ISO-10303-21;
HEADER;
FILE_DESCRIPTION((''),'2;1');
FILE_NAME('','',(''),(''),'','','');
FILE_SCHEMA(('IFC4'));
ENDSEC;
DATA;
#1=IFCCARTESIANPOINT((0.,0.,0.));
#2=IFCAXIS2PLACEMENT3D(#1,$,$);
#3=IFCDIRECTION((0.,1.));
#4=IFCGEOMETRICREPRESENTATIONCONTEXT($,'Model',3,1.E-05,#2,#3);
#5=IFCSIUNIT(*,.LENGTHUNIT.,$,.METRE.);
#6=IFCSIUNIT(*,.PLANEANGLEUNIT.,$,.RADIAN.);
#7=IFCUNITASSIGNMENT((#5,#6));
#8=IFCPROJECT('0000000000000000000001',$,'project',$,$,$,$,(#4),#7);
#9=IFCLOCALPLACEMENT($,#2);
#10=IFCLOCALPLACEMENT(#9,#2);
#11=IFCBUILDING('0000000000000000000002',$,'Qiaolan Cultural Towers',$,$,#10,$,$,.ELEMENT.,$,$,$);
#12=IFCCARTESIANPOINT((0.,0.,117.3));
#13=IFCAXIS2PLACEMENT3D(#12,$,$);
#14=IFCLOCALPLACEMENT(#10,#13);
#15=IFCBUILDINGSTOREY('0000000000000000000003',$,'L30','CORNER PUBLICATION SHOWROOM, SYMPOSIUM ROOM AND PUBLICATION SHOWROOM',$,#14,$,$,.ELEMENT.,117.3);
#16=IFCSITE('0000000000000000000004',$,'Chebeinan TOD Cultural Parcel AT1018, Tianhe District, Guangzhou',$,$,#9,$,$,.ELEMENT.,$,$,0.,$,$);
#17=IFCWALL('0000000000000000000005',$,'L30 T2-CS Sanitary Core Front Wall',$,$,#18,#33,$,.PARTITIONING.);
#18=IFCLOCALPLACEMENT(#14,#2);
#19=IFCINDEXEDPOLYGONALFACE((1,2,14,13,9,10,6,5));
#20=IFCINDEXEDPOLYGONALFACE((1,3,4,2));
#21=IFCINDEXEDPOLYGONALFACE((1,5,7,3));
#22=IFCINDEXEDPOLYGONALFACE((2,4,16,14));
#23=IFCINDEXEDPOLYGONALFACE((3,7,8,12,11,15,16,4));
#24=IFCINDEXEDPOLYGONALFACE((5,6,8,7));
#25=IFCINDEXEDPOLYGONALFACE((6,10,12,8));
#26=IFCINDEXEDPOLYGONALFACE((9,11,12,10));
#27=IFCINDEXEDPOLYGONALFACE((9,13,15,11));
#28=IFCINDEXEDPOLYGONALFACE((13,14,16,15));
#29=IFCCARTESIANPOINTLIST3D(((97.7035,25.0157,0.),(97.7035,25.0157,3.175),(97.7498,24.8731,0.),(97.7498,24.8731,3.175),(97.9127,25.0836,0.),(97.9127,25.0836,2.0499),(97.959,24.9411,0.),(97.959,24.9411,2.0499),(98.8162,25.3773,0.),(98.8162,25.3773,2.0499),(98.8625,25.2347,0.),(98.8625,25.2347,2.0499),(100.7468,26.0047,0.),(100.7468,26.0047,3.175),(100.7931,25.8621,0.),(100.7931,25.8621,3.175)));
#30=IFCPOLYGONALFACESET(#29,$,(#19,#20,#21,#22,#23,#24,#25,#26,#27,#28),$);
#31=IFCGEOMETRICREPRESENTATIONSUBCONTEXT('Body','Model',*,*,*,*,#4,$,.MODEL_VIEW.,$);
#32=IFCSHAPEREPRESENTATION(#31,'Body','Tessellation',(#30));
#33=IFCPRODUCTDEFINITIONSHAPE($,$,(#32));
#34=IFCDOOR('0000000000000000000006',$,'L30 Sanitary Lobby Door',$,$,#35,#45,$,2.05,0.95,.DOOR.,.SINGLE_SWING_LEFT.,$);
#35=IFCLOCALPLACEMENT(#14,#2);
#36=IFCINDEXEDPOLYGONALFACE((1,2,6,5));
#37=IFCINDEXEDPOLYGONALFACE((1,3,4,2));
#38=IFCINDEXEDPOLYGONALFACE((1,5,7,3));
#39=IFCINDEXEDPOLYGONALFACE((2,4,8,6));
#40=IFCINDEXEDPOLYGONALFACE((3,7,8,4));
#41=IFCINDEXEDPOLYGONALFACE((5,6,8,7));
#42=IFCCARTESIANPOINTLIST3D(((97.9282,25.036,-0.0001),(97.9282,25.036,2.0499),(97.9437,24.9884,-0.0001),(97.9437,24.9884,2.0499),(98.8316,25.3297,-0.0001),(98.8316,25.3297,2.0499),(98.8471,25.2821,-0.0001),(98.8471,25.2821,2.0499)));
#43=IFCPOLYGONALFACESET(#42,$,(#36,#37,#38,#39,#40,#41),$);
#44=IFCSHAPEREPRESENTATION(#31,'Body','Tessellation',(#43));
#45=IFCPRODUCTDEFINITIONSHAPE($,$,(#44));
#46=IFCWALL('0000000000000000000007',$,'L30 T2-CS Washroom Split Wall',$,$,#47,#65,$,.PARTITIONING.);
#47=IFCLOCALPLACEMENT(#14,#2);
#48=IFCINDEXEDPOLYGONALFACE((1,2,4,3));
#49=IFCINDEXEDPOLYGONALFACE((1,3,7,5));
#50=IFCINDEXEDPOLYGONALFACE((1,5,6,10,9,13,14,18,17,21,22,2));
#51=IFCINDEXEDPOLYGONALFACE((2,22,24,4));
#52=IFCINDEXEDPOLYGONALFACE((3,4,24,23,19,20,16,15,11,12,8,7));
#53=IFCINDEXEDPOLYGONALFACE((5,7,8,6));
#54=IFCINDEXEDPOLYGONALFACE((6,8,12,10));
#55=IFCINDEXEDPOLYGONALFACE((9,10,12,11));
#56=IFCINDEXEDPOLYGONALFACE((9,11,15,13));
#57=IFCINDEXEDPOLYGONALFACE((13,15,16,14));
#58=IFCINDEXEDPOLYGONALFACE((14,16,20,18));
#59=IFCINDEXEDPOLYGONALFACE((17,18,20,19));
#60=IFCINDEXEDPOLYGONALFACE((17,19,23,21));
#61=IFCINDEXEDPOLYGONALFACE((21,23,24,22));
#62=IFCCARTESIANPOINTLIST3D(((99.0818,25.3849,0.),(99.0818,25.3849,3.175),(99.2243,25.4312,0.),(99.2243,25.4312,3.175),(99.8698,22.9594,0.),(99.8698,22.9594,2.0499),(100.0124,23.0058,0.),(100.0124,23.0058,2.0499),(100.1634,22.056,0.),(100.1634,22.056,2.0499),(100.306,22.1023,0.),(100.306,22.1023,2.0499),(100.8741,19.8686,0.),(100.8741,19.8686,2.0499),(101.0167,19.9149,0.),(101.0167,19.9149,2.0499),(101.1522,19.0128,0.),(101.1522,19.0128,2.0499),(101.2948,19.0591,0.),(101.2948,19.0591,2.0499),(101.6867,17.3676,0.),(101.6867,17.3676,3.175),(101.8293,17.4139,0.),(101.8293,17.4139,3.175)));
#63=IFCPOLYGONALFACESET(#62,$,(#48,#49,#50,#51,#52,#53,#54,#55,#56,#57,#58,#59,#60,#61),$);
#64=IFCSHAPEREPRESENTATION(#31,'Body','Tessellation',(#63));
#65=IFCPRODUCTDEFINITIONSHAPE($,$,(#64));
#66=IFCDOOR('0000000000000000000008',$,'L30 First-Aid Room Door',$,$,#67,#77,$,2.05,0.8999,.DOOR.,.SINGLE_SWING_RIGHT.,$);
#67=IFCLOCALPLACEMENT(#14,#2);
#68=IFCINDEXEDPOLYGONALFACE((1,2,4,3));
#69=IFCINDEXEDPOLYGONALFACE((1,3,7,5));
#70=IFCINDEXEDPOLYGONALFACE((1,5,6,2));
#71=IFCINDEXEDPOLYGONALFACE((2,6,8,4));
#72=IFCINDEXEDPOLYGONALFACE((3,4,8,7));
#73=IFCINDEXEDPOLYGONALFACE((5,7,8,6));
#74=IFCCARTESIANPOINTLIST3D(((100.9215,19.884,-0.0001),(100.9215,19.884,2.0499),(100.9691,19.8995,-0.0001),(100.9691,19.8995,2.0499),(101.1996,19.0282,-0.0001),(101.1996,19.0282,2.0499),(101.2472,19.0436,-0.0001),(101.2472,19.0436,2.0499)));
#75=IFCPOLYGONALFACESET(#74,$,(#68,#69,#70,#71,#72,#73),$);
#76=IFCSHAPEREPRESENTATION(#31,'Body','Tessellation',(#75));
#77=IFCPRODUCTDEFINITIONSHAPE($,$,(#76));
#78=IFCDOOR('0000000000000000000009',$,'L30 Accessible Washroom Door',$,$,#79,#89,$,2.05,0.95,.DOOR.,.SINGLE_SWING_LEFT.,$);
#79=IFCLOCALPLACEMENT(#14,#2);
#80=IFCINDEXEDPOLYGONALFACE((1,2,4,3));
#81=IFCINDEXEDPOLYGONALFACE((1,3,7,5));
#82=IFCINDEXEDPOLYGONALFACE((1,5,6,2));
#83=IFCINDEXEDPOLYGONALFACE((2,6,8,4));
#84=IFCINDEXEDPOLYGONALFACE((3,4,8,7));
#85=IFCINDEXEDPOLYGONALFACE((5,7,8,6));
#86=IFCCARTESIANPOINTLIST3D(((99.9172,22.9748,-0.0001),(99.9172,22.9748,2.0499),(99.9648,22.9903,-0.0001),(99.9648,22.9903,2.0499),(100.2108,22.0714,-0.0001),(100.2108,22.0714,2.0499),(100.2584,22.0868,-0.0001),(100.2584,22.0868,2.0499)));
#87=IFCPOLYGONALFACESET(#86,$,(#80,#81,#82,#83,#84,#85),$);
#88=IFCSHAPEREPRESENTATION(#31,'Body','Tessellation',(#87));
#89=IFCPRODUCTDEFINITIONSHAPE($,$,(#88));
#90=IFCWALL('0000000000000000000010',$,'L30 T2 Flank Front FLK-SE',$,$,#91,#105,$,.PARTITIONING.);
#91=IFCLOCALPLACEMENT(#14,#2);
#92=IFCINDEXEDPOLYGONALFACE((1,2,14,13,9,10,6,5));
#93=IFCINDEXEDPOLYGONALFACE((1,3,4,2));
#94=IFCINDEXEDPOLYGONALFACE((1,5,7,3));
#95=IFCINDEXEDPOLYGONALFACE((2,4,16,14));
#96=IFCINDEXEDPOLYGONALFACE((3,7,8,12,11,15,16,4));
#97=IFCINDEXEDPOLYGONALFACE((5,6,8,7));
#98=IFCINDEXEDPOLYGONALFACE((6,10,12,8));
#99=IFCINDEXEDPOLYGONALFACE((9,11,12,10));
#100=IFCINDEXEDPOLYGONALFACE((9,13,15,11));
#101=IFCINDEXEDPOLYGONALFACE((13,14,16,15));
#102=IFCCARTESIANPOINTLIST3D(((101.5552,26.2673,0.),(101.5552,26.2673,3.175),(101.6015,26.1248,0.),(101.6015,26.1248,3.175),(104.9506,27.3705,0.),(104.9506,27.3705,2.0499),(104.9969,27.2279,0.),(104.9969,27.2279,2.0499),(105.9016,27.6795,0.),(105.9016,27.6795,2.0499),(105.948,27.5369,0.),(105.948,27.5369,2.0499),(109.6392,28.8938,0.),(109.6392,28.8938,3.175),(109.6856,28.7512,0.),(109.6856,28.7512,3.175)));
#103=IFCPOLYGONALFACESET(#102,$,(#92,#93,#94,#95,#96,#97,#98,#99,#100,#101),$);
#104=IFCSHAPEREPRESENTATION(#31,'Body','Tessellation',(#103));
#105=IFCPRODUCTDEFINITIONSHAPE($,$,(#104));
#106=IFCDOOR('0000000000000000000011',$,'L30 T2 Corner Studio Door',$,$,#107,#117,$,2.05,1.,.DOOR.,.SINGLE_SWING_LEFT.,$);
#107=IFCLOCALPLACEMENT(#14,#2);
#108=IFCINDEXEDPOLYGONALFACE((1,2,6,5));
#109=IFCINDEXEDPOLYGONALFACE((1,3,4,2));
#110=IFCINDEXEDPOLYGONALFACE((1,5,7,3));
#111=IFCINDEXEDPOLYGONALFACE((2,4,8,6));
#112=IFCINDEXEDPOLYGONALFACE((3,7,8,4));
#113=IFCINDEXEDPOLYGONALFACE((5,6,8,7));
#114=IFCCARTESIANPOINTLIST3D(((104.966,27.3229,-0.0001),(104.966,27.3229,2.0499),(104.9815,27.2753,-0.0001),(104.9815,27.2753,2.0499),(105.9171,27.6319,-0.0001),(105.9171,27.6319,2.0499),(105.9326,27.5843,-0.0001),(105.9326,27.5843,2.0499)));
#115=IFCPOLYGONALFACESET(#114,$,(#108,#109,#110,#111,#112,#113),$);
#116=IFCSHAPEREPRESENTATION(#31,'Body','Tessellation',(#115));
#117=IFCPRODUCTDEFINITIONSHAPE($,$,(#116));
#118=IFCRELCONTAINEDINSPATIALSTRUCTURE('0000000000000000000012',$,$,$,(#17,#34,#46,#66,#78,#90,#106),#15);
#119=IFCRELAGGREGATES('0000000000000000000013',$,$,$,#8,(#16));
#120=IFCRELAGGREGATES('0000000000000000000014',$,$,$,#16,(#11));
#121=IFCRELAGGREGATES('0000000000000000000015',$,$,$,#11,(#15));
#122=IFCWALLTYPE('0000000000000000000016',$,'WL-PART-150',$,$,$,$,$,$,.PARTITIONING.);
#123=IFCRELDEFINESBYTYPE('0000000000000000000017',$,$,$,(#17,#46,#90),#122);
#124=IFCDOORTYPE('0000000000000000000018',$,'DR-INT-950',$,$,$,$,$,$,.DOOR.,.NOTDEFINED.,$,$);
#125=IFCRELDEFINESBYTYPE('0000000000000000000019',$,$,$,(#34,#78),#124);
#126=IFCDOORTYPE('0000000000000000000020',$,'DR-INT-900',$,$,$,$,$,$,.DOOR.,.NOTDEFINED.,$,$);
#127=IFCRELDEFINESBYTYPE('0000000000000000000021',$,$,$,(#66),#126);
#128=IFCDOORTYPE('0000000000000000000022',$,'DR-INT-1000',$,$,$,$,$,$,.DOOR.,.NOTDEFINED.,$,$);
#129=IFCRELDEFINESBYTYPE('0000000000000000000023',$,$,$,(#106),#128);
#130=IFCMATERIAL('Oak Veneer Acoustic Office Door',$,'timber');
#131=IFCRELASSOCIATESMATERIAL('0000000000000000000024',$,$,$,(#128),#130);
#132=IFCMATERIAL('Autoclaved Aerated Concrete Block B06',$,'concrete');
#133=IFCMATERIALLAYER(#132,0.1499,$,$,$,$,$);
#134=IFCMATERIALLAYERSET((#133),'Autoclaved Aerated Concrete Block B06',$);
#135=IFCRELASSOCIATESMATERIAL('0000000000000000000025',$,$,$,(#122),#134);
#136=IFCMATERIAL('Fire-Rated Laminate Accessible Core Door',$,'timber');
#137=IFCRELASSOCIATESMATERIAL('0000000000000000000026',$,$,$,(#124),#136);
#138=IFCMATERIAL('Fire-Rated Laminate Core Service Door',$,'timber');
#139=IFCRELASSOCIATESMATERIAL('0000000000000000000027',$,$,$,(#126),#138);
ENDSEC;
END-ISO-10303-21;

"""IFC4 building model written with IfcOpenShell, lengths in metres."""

from ifc_helpers import new_model, si_unit, direction, frame, frame_2d, origin, place, context, subcontext, project, spatial, rectangle, extrude, material, layer, layer_set, type_object, element, fill, save


model = new_model("IFC4")

# Units and contexts
model_context = context("Model", 3, precision=1e-05, world=origin(), true_north=direction((0.0, 1.0)))
body_context = subcontext(model_context, "Body", "Model", "MODEL_VIEW")
ifc_project = project(units=[si_unit("LENGTHUNIT", "METRE"), si_unit("PLANEANGLEUNIT", "RADIAN")], contexts=[model_context])

# Site, building, storey
site_placement = place(None, origin())
site = spatial("IfcSite", under=ifc_project, at=site_placement, Name="Chebeinan TOD Cultural Parcel AT1018, Tianhe District, Guangzhou", CompositionType="ELEMENT", RefElevation=0.0)
building_placement = place(site_placement, origin())
building = spatial("IfcBuilding", under=site, at=building_placement, Name="Qiaolan Cultural Towers", CompositionType="ELEMENT")
storey_placement = place(building_placement, frame((0.0, 0.0, 117.3)))
storey = spatial("IfcBuildingStorey", under=building, at=storey_placement, Name="L30", Description="CORNER PUBLICATION SHOWROOM, SYMPOSIUM ROOM AND PUBLICATION SHOWROOM", CompositionType="ELEMENT", Elevation=117.3)

# Shared definitions
ifc_material_1 = material(Name="Oak Veneer Acoustic Office Door", Category="timber")
door_type_1 = type_object("IfcDoorType", Name="DR-INT-1000", OperationType="NOTDEFINED", PredefinedType="DOOR", material=ifc_material_1)

# Wall, opening, door
ifc_material_2 = material(Name="Autoclaved Aerated Concrete Block B06", Category="concrete")
ifc_layer_1 = layer(ifc_material_2, 0.1499)
ifc_layer_set_1 = layer_set([ifc_layer_1], Name="Autoclaved Aerated Concrete Block B06")
wall_type_1 = type_object("IfcWallType", Name="WL-PART-150", PredefinedType="PARTITIONING", material=ifc_layer_set_1)
wall_1_placement = place(storey_placement, frame((97.7266, 24.9443, 0.0), z_axis=(0.0, 0.0, 1.0), x_axis=(0.951037, 0.309077, 0.0)))
wall_1 = element("IfcWall", 1, at=wall_1_placement, inside=storey, type_object=wall_type_1, Name="L30 T2-CS Sanitary Core Front Wall", PredefinedType="PARTITIONING", context=body_context, shape_type="SweptSolid", body=[
    extrude(rectangle(XDim=3.2, YDim=0.1499, at=frame_2d((1.6001, 0.0))), origin(), (0.0, 0.0, 1.0), 3.175),
])
opening_1_placement = place(wall_1_placement, frame((0.22, 0.0, 0.0)))
opening_1 = element("IfcOpeningElement", 2, at=opening_1_placement, cuts=wall_1, PredefinedType="OPENING", context=body_context, shape_type="SweptSolid", body=[
    extrude(rectangle(XDim=0.95, YDim=2.05, at=frame_2d((0.4751, 1.0249))), frame((0.0, 0.085, 0.0), z_axis=(0.0, -1.0, 0.0), x_axis=(1.0, 0.0, 0.0)), (0.0, 0.0, 1.0), 0.1699),
])
ifc_material_3 = material(Name="Fire-Rated Laminate Accessible Core Door", Category="timber")
door_type_2 = type_object("IfcDoorType", Name="DR-INT-950", OperationType="NOTDEFINED", PredefinedType="DOOR", material=ifc_material_3)
door_1_placement = place(opening_1_placement, origin())
door_1 = element("IfcDoor", 3, at=door_1_placement, inside=storey, type_object=door_type_2, Name="L30 Sanitary Lobby Door", OperationType="SINGLE_SWING_LEFT", OverallHeight=2.05, OverallWidth=0.95, PredefinedType="DOOR", context=body_context, shape_type="SweptSolid", body=[
    extrude(rectangle(XDim=0.95, YDim=2.05, at=frame_2d((0.4751, 1.0249))), frame((0.0, 0.0249, 0.0), z_axis=(0.0, -1.0, 0.0), x_axis=(1.0, 0.0, 0.0)), (0.0, 0.0, 1.0), 0.05),
])
fill(opening_1, door_1)

# Wall, openings, doors
wall_2_placement = place(storey_placement, frame((99.1531, 25.408, 0.0), z_axis=(0.0, 0.0, 1.0), x_axis=(0.309016, -0.951057, 0.0)))
wall_2 = element("IfcWall", 4, at=wall_2_placement, inside=storey, type_object=wall_type_1, Name="L30 T2-CS Washroom Split Wall", PredefinedType="PARTITIONING", context=body_context, shape_type="SweptSolid", body=[
    extrude(rectangle(XDim=8.4299, YDim=0.1499, at=frame_2d((4.2148, 0.0))), origin(), (0.0, 0.0, 1.0), 3.175),
])
opening_2_placement = place(wall_2_placement, frame((2.55, 0.0, 0.0)))
opening_2 = element("IfcOpeningElement", 5, at=opening_2_placement, cuts=wall_2, PredefinedType="OPENING", context=body_context, shape_type="SweptSolid", body=[
    extrude(rectangle(XDim=0.95, YDim=2.05, at=frame_2d((0.4751, 1.0249))), frame((0.0, 0.085, 0.0), z_axis=(0.0, -1.0, 0.0), x_axis=(1.0, 0.0, 0.0)), (0.0, 0.0, 1.0), 0.1699),
])
opening_3_placement = place(wall_2_placement, frame((5.8, 0.0, 0.0)))
opening_3 = element("IfcOpeningElement", 6, at=opening_3_placement, cuts=wall_2, PredefinedType="OPENING", context=body_context, shape_type="SweptSolid", body=[
    extrude(rectangle(XDim=0.8999, YDim=2.05, at=frame_2d((0.45, 1.0249))), frame((0.0, 0.085, 0.0), z_axis=(0.0, -1.0, 0.0), x_axis=(1.0, 0.0, 0.0)), (0.0, 0.0, 1.0), 0.1699),
])
ifc_material_4 = material(Name="Fire-Rated Laminate Core Service Door", Category="timber")
door_type_3 = type_object("IfcDoorType", Name="DR-INT-900", OperationType="NOTDEFINED", PredefinedType="DOOR", material=ifc_material_4)
door_2_placement = place(opening_3_placement, origin())
door_2 = element("IfcDoor", 7, at=door_2_placement, inside=storey, type_object=door_type_3, Name="L30 First-Aid Room Door", OperationType="SINGLE_SWING_RIGHT", OverallHeight=2.05, OverallWidth=0.8999, PredefinedType="DOOR", context=body_context, shape_type="SweptSolid", body=[
    extrude(rectangle(XDim=0.8999, YDim=2.05, at=frame_2d((0.45, 1.0249))), frame((0.0, 0.0249, 0.0), z_axis=(0.0, -1.0, 0.0), x_axis=(1.0, 0.0, 0.0)), (0.0, 0.0, 1.0), 0.05),
])
fill(opening_3, door_2)
door_3_placement = place(opening_2_placement, origin())
door_3 = element("IfcDoor", 8, at=door_3_placement, inside=storey, type_object=door_type_2, Name="L30 Accessible Washroom Door", OperationType="SINGLE_SWING_LEFT", OverallHeight=2.05, OverallWidth=0.95, PredefinedType="DOOR", context=body_context, shape_type="SweptSolid", body=[
    extrude(rectangle(XDim=0.95, YDim=2.05, at=frame_2d((0.4751, 1.0249))), frame((0.0, 0.0249, 0.0), z_axis=(0.0, -1.0, 0.0), x_axis=(1.0, 0.0, 0.0)), (0.0, 0.0, 1.0), 0.05),
])
fill(opening_2, door_3)

# Wall, opening, door
wall_3_placement = place(storey_placement, frame((101.5784, 26.196, 0.0), z_axis=(0.0, 0.0, 1.0), x_axis=(0.951063, 0.308998, 0.0)))
wall_3 = element("IfcWall", 9, at=wall_3_placement, inside=storey, type_object=wall_type_1, Name="L30 T2 Flank Front FLK-SE", PredefinedType="PARTITIONING", context=body_context, shape_type="SweptSolid", body=[
    extrude(rectangle(XDim=8.5, YDim=0.1499, at=frame_2d((4.25, 0.0))), origin(), (0.0, 0.0, 1.0), 3.175),
])
opening_4_placement = place(wall_3_placement, frame((3.5701, 0.0, 0.0)))
opening_4 = element("IfcOpeningElement", 10, at=opening_4_placement, cuts=wall_3, PredefinedType="OPENING", context=body_context, shape_type="SweptSolid", body=[
    extrude(rectangle(XDim=1.0, YDim=2.05, at=frame_2d((0.5, 1.0249))), frame((0.0, 0.085, 0.0), z_axis=(0.0, -1.0, 0.0), x_axis=(1.0, 0.0, 0.0)), (0.0, 0.0, 1.0), 0.1699),
])
door_4_placement = place(opening_4_placement, origin())
door_4 = element("IfcDoor", 11, at=door_4_placement, inside=storey, type_object=door_type_1, Name="L30 T2 Corner Studio Door", OperationType="SINGLE_SWING_LEFT", OverallHeight=2.05, OverallWidth=1.0, PredefinedType="DOOR", context=body_context, shape_type="SweptSolid", body=[
    extrude(rectangle(XDim=1.0, YDim=2.05, at=frame_2d((0.5, 1.0249))), frame((0.0, 0.0249, 0.0), z_axis=(0.0, -1.0, 0.0), x_axis=(1.0, 0.0, 0.0)), (0.0, 0.0, 1.0), 0.05),
])
fill(opening_4, door_4)

save(model, "model.ifc")
